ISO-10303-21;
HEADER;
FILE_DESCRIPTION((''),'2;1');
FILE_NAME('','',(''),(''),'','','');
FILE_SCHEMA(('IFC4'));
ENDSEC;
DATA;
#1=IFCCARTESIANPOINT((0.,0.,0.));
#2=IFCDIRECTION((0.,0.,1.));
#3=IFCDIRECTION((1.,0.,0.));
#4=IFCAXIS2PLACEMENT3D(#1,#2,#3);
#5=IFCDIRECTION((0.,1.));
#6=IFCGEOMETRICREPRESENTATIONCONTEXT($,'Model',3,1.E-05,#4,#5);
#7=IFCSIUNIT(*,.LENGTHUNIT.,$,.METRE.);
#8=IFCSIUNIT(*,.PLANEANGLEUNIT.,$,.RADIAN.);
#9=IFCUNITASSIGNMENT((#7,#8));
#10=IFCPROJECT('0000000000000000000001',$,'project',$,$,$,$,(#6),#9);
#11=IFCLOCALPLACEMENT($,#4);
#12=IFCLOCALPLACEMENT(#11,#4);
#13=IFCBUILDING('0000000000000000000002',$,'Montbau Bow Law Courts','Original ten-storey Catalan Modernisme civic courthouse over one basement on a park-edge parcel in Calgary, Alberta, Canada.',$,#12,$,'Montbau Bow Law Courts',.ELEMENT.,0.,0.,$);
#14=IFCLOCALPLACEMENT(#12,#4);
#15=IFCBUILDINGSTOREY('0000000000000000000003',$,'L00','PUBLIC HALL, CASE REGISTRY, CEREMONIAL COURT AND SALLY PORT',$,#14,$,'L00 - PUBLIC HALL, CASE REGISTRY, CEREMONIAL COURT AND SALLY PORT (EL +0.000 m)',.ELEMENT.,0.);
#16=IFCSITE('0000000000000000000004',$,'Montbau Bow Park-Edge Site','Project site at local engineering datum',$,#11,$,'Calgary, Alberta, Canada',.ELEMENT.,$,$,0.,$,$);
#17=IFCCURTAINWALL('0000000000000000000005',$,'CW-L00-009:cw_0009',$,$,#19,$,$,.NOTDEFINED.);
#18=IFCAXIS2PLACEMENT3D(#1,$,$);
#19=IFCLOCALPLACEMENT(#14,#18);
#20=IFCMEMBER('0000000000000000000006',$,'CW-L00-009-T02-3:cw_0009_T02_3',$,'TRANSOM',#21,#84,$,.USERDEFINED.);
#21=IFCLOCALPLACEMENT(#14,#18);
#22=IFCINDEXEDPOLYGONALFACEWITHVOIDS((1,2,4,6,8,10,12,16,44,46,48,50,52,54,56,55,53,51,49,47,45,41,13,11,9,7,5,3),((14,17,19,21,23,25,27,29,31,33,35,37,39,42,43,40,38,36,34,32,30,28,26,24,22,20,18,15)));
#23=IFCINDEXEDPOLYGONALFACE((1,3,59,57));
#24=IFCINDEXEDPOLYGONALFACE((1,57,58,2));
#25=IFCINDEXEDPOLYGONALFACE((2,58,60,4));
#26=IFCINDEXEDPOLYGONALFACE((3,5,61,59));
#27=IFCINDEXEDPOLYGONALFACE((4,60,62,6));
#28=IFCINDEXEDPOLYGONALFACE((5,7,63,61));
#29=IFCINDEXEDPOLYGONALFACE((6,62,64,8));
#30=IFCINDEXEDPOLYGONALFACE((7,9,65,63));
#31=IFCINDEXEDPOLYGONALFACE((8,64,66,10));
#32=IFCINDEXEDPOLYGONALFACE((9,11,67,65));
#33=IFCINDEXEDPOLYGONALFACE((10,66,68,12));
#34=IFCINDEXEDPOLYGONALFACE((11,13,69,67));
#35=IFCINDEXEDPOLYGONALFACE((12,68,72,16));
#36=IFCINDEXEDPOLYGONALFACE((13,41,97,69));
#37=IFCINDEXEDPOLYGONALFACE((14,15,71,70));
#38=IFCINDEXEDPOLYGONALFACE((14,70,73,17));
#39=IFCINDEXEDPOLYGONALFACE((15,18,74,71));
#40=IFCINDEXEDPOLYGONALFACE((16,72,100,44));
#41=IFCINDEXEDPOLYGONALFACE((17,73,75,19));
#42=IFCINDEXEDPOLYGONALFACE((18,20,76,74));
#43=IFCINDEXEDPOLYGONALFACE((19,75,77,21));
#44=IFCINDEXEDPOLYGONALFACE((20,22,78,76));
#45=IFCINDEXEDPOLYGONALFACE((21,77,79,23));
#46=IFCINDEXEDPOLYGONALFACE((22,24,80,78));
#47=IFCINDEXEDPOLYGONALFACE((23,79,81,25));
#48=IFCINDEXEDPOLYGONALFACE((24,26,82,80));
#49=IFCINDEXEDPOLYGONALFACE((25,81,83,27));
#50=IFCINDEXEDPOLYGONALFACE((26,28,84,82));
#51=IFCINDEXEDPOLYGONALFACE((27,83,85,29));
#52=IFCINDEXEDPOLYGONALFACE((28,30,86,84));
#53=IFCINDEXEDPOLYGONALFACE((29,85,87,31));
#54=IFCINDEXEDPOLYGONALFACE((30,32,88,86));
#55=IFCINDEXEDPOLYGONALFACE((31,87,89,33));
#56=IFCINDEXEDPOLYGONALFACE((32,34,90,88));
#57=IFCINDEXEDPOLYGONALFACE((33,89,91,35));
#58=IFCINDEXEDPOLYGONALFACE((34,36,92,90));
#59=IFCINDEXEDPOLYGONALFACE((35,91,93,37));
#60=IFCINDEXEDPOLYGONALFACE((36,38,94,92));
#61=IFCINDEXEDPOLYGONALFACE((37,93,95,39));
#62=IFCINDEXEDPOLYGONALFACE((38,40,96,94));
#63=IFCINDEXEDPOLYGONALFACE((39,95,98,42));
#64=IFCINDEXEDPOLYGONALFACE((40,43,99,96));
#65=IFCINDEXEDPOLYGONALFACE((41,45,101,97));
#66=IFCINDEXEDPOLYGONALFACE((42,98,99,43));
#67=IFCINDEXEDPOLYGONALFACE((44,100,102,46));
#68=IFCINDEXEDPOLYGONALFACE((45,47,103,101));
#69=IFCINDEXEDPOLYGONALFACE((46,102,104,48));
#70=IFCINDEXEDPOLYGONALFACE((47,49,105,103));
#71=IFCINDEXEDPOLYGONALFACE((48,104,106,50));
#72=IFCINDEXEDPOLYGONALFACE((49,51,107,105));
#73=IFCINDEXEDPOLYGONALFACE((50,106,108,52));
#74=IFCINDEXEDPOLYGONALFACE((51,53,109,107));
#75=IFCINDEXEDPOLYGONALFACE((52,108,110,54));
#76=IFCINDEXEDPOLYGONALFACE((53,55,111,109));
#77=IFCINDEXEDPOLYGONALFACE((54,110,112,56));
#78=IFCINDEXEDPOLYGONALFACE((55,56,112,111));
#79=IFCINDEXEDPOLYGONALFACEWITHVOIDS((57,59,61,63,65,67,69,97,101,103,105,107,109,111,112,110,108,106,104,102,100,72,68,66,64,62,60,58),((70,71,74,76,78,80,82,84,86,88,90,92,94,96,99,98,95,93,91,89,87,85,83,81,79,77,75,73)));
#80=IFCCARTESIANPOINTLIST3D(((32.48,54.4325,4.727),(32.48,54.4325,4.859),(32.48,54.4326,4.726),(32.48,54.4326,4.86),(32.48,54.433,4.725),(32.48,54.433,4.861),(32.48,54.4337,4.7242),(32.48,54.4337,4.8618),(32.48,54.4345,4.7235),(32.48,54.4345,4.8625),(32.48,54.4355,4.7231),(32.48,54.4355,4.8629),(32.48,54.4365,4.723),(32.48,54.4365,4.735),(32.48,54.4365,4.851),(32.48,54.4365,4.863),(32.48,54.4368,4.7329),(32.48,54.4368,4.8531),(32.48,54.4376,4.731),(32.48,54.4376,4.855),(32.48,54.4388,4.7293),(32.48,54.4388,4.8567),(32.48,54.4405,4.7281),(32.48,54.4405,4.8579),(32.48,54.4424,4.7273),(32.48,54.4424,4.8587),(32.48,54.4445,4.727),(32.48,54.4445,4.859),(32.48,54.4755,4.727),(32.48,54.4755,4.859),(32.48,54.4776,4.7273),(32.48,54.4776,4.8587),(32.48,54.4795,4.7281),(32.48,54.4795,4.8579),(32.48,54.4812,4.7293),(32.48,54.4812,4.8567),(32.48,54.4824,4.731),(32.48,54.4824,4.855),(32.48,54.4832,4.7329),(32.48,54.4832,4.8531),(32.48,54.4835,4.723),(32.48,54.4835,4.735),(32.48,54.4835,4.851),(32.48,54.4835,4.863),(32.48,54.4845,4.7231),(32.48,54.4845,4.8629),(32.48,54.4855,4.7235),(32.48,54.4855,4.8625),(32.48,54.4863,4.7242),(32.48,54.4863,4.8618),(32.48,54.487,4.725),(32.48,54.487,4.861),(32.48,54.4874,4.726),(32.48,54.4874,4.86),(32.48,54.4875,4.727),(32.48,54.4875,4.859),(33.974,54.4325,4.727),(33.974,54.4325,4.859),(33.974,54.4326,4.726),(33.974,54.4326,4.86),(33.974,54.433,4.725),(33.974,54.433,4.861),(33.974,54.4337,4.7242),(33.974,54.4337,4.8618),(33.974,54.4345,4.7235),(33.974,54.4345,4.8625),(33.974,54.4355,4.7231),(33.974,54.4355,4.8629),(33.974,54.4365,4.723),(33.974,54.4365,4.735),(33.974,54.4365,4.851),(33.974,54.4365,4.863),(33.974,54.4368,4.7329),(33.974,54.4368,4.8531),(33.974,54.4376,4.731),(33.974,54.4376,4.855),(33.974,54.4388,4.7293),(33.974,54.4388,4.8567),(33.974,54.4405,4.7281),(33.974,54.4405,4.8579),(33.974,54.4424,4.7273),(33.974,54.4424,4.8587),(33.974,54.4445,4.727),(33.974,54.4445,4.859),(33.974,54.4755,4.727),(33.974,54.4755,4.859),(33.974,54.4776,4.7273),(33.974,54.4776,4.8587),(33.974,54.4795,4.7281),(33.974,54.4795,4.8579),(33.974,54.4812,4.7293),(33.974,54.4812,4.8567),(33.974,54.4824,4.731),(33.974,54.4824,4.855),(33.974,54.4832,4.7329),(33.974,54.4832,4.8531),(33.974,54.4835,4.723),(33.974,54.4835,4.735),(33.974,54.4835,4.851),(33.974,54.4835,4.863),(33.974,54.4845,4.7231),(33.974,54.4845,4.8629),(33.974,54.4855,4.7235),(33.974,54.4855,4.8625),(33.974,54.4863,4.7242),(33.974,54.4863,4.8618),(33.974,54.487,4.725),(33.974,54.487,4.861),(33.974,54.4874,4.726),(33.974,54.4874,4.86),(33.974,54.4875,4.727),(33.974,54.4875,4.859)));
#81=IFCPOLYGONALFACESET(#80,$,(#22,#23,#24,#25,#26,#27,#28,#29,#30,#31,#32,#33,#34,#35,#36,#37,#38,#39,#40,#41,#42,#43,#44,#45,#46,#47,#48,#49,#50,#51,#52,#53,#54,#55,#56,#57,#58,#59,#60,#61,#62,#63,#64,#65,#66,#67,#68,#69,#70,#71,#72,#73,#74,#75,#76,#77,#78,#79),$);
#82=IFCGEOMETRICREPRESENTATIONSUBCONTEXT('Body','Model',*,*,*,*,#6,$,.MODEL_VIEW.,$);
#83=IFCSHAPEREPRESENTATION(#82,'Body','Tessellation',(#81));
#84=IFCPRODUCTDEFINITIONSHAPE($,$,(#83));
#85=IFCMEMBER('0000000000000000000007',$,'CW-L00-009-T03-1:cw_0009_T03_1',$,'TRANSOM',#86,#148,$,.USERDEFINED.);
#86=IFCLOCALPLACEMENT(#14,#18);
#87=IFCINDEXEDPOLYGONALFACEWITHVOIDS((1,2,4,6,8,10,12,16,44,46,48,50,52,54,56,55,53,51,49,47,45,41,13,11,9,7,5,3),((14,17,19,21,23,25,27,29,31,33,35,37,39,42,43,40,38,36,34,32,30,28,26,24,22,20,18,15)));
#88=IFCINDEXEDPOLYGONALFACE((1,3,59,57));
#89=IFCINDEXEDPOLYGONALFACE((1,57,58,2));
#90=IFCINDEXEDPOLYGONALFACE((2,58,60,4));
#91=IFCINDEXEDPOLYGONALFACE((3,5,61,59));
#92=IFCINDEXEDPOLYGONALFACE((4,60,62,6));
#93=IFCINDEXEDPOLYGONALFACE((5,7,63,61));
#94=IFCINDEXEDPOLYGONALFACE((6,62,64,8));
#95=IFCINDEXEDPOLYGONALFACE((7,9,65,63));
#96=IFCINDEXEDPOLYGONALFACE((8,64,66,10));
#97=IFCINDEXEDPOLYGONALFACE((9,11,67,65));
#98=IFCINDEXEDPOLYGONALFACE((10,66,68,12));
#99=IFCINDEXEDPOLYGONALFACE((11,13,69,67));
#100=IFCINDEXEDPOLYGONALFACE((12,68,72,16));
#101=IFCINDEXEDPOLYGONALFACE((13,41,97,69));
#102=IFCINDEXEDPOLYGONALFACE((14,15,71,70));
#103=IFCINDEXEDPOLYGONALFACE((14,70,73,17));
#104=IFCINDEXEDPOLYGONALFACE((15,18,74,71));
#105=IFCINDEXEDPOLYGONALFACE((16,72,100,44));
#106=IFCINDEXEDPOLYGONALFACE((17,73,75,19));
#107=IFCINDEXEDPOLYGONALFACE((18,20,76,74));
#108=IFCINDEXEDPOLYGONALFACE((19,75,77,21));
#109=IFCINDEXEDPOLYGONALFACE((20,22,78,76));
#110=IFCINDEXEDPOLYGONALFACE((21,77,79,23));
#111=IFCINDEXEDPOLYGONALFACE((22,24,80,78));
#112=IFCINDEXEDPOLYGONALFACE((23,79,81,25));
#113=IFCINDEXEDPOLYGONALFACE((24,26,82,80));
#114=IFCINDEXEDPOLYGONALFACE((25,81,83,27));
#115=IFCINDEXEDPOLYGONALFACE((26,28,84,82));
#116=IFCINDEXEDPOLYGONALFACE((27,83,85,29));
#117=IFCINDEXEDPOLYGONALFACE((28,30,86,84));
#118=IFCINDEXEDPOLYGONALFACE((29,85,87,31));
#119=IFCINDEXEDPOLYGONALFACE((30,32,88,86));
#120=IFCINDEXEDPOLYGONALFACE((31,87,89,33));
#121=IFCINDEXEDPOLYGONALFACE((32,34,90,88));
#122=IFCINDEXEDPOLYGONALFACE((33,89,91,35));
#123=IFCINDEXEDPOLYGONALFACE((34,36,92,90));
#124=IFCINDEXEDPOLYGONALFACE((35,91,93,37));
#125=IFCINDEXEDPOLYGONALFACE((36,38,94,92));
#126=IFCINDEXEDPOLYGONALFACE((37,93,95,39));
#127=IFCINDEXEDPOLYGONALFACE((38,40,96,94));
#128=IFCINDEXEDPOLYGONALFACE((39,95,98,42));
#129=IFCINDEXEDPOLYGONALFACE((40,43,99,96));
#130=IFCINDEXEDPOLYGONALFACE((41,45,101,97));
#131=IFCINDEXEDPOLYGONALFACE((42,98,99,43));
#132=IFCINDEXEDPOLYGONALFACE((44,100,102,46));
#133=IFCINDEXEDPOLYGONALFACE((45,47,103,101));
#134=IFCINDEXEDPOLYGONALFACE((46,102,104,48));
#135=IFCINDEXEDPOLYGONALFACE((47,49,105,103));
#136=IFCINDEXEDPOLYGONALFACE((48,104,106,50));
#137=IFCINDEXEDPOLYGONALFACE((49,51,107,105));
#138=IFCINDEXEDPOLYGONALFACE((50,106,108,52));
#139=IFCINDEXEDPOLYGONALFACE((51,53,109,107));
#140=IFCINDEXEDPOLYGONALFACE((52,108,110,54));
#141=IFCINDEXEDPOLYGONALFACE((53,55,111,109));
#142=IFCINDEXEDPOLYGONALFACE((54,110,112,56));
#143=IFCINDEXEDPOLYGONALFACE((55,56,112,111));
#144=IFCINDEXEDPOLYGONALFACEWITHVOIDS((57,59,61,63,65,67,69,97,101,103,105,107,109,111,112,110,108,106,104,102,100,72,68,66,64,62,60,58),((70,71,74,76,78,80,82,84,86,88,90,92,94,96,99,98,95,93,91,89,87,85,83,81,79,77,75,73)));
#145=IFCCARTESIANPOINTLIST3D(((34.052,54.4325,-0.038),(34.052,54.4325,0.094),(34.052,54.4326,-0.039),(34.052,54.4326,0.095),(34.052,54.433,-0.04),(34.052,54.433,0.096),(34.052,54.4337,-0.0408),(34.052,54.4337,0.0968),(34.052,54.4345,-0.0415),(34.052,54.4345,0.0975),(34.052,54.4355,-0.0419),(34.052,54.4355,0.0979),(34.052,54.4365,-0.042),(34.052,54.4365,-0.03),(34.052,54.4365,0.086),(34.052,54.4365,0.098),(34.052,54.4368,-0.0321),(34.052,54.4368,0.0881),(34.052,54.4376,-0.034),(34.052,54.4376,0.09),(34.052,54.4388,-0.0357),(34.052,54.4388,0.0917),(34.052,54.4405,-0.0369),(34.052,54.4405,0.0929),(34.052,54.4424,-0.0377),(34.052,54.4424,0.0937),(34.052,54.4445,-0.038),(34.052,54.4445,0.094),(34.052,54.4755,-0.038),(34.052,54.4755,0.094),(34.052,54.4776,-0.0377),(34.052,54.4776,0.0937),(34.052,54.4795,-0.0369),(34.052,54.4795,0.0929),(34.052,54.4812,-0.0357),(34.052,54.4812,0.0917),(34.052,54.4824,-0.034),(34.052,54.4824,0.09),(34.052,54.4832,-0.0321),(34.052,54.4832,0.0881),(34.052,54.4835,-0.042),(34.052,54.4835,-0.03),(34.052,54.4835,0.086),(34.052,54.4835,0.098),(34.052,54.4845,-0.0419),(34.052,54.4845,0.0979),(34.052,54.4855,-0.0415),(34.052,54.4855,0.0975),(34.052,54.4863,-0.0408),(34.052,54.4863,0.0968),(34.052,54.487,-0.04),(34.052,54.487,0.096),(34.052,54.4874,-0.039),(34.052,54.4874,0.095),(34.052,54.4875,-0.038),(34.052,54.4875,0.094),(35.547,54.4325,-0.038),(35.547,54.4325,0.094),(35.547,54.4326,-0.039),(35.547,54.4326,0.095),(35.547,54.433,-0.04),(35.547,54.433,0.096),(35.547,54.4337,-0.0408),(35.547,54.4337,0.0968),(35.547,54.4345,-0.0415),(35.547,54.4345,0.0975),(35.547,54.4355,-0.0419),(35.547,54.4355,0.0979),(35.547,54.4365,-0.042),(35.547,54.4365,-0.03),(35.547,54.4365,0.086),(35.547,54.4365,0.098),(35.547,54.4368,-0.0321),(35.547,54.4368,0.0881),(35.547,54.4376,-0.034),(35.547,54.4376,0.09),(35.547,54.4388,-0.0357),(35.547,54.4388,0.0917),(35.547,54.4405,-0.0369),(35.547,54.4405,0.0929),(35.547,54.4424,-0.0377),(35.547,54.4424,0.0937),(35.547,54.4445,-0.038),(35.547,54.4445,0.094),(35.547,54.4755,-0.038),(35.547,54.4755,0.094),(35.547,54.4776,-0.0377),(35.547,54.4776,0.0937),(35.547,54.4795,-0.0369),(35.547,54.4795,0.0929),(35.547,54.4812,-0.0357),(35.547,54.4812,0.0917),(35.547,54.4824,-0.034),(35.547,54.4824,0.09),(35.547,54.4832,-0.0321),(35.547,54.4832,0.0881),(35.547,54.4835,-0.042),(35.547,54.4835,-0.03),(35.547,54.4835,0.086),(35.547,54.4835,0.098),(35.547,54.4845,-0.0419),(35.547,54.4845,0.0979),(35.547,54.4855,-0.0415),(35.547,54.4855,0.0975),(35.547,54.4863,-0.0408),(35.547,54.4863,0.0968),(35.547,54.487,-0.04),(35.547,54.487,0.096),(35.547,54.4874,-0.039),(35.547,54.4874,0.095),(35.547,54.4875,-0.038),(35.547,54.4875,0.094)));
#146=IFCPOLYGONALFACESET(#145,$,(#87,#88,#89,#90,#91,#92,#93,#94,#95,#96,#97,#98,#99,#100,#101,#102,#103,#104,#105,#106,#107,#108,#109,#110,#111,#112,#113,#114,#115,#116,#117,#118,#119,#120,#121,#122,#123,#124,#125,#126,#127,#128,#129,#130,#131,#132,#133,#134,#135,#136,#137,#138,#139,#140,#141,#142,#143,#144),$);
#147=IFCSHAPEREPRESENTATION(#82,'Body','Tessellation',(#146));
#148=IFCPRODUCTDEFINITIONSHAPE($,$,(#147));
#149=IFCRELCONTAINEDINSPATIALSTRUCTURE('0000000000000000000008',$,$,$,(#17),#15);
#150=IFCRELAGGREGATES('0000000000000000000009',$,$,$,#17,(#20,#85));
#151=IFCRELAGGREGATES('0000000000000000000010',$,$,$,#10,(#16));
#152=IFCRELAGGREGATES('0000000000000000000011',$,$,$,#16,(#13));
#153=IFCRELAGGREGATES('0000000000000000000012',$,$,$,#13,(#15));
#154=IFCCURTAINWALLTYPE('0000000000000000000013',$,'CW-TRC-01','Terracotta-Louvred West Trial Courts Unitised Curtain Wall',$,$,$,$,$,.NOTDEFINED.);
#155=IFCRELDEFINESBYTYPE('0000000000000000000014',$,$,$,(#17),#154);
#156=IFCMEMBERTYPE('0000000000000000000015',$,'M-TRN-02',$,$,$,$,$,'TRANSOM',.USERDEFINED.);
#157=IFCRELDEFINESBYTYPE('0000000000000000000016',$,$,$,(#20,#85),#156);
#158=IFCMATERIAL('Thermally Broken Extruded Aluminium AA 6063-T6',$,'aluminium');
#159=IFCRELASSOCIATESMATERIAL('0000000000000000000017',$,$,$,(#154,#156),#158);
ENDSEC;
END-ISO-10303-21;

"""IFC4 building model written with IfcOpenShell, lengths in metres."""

from ifc_helpers import new_model, si_unit, direction, frame, origin_with_axes, origin_2d_with_axis, place, context, subcontext, project, spatial, hollow_rectangle, extrude, material, material_profile, profile_set, type_object, element, aggregate, save


model = new_model("IFC4")

# Units and contexts
model_context = context("Model", 3, precision=1e-05, world=origin_with_axes(), true_north=direction((0.0, 1.0)))
body_context = subcontext(model_context, "Body", "Model", "MODEL_VIEW")
ifc_project = project(units=[si_unit("LENGTHUNIT", "METRE"), si_unit("PLANEANGLEUNIT", "RADIAN")], contexts=[model_context])

# Site, building, storey
site_placement = place(None, origin_with_axes())
site = spatial("IfcSite", under=ifc_project, at=site_placement, Name="Montbau Bow Park-Edge Site", Description="Project site at local engineering datum", LongName="Calgary, Alberta, Canada", CompositionType="ELEMENT", RefElevation=0.0)
building_placement = place(site_placement, origin_with_axes())
building = spatial("IfcBuilding", under=site, at=building_placement, Name="Montbau Bow Law Courts", Description="Original ten-storey Catalan Modernisme civic courthouse over one basement on a park-edge parcel in Calgary, Alberta, Canada.", LongName="Montbau Bow Law Courts", CompositionType="ELEMENT", ElevationOfRefHeight=0.0, ElevationOfTerrain=0.0)
storey_placement = place(building_placement, origin_with_axes())
storey = spatial("IfcBuildingStorey", under=building, at=storey_placement, Name="L00", Description="PUBLIC HALL, CASE REGISTRY, CEREMONIAL COURT AND SALLY PORT", LongName="L00 - PUBLIC HALL, CASE REGISTRY, CEREMONIAL COURT AND SALLY PORT (EL +0.000 m)", CompositionType="ELEMENT", Elevation=0.0)

# Curtain wall
ifc_material_1 = material(Name="Thermally Broken Extruded Aluminium AA 6063-T6", Category="aluminium")
curtain_wall_type = type_object("IfcCurtainWallType", Name="CW-TRC-01", Description="Terracotta-Louvred West Trial Courts Unitised Curtain Wall", PredefinedType="NOTDEFINED", material=ifc_material_1)
curtain_wall_1_placement = place(None, frame((30.867, 54.46, 0.0), z_axis=(0.0, 0.0, 1.0), x_axis=(1.0, 0.0, 0.0)))
curtain_wall_1 = element("IfcCurtainWall", 1, at=curtain_wall_1_placement, inside=storey, type_object=curtain_wall_type, Name="CW-L00-009:cw_0009", PredefinedType="NOTDEFINED")

# Members
ifc_material_profile_1 = material_profile(ifc_material_1, hollow_rectangle(XDim=0.055, YDim=0.14, WallThickness=0.004, InnerFilletRadius=0.008, OuterFilletRadius=0.004, at=origin_2d_with_axis()), Name="CWT-140X55", Category="Main", Priority=0)
ifc_profile_set_1 = profile_set([ifc_material_profile_1], Name="Thermally Broken Extruded Aluminium AA 6063-T6")
member_type_1 = type_object("IfcMemberType", Name="M-TRN-02", ElementType="TRANSOM", PredefinedType="USERDEFINED", material=ifc_profile_set_1)
member_1_placement = place(None, frame((32.48, 54.46, 4.793), z_axis=(1.0, 0.0, 0.0), x_axis=(0.0, 1.0, 0.0)))
member_1 = element("IfcMember", 2, at=member_1_placement, type_object=member_type_1, Name="CW-L00-009-T02-3:cw_0009_T02_3", ObjectType="TRANSOM", PredefinedType="USERDEFINED", context=body_context, shape_type="SweptSolid", body=[
    extrude(hollow_rectangle(XDim=0.055, YDim=0.14, WallThickness=0.004, InnerFilletRadius=0.008, OuterFilletRadius=0.004, at=origin_2d_with_axis()), origin_with_axes(), (0.0, 0.0, 1.0), 1.494),
])
member_2_placement = place(None, frame((34.052, 54.46, 0.028), z_axis=(1.0, 0.0, 0.0), x_axis=(0.0, 1.0, 0.0)))
member_2 = element("IfcMember", 3, at=member_2_placement, type_object=member_type_1, Name="CW-L00-009-T03-1:cw_0009_T03_1", ObjectType="TRANSOM", PredefinedType="USERDEFINED", context=body_context, shape_type="SweptSolid", body=[
    extrude(hollow_rectangle(XDim=0.055, YDim=0.14, WallThickness=0.004, InnerFilletRadius=0.008, OuterFilletRadius=0.004, at=origin_2d_with_axis()), origin_with_axes(), (0.0, 0.0, 1.0), 1.495),
])

aggregate(curtain_wall_1, [member_1, member_2])

save(model, "model.ifc")
